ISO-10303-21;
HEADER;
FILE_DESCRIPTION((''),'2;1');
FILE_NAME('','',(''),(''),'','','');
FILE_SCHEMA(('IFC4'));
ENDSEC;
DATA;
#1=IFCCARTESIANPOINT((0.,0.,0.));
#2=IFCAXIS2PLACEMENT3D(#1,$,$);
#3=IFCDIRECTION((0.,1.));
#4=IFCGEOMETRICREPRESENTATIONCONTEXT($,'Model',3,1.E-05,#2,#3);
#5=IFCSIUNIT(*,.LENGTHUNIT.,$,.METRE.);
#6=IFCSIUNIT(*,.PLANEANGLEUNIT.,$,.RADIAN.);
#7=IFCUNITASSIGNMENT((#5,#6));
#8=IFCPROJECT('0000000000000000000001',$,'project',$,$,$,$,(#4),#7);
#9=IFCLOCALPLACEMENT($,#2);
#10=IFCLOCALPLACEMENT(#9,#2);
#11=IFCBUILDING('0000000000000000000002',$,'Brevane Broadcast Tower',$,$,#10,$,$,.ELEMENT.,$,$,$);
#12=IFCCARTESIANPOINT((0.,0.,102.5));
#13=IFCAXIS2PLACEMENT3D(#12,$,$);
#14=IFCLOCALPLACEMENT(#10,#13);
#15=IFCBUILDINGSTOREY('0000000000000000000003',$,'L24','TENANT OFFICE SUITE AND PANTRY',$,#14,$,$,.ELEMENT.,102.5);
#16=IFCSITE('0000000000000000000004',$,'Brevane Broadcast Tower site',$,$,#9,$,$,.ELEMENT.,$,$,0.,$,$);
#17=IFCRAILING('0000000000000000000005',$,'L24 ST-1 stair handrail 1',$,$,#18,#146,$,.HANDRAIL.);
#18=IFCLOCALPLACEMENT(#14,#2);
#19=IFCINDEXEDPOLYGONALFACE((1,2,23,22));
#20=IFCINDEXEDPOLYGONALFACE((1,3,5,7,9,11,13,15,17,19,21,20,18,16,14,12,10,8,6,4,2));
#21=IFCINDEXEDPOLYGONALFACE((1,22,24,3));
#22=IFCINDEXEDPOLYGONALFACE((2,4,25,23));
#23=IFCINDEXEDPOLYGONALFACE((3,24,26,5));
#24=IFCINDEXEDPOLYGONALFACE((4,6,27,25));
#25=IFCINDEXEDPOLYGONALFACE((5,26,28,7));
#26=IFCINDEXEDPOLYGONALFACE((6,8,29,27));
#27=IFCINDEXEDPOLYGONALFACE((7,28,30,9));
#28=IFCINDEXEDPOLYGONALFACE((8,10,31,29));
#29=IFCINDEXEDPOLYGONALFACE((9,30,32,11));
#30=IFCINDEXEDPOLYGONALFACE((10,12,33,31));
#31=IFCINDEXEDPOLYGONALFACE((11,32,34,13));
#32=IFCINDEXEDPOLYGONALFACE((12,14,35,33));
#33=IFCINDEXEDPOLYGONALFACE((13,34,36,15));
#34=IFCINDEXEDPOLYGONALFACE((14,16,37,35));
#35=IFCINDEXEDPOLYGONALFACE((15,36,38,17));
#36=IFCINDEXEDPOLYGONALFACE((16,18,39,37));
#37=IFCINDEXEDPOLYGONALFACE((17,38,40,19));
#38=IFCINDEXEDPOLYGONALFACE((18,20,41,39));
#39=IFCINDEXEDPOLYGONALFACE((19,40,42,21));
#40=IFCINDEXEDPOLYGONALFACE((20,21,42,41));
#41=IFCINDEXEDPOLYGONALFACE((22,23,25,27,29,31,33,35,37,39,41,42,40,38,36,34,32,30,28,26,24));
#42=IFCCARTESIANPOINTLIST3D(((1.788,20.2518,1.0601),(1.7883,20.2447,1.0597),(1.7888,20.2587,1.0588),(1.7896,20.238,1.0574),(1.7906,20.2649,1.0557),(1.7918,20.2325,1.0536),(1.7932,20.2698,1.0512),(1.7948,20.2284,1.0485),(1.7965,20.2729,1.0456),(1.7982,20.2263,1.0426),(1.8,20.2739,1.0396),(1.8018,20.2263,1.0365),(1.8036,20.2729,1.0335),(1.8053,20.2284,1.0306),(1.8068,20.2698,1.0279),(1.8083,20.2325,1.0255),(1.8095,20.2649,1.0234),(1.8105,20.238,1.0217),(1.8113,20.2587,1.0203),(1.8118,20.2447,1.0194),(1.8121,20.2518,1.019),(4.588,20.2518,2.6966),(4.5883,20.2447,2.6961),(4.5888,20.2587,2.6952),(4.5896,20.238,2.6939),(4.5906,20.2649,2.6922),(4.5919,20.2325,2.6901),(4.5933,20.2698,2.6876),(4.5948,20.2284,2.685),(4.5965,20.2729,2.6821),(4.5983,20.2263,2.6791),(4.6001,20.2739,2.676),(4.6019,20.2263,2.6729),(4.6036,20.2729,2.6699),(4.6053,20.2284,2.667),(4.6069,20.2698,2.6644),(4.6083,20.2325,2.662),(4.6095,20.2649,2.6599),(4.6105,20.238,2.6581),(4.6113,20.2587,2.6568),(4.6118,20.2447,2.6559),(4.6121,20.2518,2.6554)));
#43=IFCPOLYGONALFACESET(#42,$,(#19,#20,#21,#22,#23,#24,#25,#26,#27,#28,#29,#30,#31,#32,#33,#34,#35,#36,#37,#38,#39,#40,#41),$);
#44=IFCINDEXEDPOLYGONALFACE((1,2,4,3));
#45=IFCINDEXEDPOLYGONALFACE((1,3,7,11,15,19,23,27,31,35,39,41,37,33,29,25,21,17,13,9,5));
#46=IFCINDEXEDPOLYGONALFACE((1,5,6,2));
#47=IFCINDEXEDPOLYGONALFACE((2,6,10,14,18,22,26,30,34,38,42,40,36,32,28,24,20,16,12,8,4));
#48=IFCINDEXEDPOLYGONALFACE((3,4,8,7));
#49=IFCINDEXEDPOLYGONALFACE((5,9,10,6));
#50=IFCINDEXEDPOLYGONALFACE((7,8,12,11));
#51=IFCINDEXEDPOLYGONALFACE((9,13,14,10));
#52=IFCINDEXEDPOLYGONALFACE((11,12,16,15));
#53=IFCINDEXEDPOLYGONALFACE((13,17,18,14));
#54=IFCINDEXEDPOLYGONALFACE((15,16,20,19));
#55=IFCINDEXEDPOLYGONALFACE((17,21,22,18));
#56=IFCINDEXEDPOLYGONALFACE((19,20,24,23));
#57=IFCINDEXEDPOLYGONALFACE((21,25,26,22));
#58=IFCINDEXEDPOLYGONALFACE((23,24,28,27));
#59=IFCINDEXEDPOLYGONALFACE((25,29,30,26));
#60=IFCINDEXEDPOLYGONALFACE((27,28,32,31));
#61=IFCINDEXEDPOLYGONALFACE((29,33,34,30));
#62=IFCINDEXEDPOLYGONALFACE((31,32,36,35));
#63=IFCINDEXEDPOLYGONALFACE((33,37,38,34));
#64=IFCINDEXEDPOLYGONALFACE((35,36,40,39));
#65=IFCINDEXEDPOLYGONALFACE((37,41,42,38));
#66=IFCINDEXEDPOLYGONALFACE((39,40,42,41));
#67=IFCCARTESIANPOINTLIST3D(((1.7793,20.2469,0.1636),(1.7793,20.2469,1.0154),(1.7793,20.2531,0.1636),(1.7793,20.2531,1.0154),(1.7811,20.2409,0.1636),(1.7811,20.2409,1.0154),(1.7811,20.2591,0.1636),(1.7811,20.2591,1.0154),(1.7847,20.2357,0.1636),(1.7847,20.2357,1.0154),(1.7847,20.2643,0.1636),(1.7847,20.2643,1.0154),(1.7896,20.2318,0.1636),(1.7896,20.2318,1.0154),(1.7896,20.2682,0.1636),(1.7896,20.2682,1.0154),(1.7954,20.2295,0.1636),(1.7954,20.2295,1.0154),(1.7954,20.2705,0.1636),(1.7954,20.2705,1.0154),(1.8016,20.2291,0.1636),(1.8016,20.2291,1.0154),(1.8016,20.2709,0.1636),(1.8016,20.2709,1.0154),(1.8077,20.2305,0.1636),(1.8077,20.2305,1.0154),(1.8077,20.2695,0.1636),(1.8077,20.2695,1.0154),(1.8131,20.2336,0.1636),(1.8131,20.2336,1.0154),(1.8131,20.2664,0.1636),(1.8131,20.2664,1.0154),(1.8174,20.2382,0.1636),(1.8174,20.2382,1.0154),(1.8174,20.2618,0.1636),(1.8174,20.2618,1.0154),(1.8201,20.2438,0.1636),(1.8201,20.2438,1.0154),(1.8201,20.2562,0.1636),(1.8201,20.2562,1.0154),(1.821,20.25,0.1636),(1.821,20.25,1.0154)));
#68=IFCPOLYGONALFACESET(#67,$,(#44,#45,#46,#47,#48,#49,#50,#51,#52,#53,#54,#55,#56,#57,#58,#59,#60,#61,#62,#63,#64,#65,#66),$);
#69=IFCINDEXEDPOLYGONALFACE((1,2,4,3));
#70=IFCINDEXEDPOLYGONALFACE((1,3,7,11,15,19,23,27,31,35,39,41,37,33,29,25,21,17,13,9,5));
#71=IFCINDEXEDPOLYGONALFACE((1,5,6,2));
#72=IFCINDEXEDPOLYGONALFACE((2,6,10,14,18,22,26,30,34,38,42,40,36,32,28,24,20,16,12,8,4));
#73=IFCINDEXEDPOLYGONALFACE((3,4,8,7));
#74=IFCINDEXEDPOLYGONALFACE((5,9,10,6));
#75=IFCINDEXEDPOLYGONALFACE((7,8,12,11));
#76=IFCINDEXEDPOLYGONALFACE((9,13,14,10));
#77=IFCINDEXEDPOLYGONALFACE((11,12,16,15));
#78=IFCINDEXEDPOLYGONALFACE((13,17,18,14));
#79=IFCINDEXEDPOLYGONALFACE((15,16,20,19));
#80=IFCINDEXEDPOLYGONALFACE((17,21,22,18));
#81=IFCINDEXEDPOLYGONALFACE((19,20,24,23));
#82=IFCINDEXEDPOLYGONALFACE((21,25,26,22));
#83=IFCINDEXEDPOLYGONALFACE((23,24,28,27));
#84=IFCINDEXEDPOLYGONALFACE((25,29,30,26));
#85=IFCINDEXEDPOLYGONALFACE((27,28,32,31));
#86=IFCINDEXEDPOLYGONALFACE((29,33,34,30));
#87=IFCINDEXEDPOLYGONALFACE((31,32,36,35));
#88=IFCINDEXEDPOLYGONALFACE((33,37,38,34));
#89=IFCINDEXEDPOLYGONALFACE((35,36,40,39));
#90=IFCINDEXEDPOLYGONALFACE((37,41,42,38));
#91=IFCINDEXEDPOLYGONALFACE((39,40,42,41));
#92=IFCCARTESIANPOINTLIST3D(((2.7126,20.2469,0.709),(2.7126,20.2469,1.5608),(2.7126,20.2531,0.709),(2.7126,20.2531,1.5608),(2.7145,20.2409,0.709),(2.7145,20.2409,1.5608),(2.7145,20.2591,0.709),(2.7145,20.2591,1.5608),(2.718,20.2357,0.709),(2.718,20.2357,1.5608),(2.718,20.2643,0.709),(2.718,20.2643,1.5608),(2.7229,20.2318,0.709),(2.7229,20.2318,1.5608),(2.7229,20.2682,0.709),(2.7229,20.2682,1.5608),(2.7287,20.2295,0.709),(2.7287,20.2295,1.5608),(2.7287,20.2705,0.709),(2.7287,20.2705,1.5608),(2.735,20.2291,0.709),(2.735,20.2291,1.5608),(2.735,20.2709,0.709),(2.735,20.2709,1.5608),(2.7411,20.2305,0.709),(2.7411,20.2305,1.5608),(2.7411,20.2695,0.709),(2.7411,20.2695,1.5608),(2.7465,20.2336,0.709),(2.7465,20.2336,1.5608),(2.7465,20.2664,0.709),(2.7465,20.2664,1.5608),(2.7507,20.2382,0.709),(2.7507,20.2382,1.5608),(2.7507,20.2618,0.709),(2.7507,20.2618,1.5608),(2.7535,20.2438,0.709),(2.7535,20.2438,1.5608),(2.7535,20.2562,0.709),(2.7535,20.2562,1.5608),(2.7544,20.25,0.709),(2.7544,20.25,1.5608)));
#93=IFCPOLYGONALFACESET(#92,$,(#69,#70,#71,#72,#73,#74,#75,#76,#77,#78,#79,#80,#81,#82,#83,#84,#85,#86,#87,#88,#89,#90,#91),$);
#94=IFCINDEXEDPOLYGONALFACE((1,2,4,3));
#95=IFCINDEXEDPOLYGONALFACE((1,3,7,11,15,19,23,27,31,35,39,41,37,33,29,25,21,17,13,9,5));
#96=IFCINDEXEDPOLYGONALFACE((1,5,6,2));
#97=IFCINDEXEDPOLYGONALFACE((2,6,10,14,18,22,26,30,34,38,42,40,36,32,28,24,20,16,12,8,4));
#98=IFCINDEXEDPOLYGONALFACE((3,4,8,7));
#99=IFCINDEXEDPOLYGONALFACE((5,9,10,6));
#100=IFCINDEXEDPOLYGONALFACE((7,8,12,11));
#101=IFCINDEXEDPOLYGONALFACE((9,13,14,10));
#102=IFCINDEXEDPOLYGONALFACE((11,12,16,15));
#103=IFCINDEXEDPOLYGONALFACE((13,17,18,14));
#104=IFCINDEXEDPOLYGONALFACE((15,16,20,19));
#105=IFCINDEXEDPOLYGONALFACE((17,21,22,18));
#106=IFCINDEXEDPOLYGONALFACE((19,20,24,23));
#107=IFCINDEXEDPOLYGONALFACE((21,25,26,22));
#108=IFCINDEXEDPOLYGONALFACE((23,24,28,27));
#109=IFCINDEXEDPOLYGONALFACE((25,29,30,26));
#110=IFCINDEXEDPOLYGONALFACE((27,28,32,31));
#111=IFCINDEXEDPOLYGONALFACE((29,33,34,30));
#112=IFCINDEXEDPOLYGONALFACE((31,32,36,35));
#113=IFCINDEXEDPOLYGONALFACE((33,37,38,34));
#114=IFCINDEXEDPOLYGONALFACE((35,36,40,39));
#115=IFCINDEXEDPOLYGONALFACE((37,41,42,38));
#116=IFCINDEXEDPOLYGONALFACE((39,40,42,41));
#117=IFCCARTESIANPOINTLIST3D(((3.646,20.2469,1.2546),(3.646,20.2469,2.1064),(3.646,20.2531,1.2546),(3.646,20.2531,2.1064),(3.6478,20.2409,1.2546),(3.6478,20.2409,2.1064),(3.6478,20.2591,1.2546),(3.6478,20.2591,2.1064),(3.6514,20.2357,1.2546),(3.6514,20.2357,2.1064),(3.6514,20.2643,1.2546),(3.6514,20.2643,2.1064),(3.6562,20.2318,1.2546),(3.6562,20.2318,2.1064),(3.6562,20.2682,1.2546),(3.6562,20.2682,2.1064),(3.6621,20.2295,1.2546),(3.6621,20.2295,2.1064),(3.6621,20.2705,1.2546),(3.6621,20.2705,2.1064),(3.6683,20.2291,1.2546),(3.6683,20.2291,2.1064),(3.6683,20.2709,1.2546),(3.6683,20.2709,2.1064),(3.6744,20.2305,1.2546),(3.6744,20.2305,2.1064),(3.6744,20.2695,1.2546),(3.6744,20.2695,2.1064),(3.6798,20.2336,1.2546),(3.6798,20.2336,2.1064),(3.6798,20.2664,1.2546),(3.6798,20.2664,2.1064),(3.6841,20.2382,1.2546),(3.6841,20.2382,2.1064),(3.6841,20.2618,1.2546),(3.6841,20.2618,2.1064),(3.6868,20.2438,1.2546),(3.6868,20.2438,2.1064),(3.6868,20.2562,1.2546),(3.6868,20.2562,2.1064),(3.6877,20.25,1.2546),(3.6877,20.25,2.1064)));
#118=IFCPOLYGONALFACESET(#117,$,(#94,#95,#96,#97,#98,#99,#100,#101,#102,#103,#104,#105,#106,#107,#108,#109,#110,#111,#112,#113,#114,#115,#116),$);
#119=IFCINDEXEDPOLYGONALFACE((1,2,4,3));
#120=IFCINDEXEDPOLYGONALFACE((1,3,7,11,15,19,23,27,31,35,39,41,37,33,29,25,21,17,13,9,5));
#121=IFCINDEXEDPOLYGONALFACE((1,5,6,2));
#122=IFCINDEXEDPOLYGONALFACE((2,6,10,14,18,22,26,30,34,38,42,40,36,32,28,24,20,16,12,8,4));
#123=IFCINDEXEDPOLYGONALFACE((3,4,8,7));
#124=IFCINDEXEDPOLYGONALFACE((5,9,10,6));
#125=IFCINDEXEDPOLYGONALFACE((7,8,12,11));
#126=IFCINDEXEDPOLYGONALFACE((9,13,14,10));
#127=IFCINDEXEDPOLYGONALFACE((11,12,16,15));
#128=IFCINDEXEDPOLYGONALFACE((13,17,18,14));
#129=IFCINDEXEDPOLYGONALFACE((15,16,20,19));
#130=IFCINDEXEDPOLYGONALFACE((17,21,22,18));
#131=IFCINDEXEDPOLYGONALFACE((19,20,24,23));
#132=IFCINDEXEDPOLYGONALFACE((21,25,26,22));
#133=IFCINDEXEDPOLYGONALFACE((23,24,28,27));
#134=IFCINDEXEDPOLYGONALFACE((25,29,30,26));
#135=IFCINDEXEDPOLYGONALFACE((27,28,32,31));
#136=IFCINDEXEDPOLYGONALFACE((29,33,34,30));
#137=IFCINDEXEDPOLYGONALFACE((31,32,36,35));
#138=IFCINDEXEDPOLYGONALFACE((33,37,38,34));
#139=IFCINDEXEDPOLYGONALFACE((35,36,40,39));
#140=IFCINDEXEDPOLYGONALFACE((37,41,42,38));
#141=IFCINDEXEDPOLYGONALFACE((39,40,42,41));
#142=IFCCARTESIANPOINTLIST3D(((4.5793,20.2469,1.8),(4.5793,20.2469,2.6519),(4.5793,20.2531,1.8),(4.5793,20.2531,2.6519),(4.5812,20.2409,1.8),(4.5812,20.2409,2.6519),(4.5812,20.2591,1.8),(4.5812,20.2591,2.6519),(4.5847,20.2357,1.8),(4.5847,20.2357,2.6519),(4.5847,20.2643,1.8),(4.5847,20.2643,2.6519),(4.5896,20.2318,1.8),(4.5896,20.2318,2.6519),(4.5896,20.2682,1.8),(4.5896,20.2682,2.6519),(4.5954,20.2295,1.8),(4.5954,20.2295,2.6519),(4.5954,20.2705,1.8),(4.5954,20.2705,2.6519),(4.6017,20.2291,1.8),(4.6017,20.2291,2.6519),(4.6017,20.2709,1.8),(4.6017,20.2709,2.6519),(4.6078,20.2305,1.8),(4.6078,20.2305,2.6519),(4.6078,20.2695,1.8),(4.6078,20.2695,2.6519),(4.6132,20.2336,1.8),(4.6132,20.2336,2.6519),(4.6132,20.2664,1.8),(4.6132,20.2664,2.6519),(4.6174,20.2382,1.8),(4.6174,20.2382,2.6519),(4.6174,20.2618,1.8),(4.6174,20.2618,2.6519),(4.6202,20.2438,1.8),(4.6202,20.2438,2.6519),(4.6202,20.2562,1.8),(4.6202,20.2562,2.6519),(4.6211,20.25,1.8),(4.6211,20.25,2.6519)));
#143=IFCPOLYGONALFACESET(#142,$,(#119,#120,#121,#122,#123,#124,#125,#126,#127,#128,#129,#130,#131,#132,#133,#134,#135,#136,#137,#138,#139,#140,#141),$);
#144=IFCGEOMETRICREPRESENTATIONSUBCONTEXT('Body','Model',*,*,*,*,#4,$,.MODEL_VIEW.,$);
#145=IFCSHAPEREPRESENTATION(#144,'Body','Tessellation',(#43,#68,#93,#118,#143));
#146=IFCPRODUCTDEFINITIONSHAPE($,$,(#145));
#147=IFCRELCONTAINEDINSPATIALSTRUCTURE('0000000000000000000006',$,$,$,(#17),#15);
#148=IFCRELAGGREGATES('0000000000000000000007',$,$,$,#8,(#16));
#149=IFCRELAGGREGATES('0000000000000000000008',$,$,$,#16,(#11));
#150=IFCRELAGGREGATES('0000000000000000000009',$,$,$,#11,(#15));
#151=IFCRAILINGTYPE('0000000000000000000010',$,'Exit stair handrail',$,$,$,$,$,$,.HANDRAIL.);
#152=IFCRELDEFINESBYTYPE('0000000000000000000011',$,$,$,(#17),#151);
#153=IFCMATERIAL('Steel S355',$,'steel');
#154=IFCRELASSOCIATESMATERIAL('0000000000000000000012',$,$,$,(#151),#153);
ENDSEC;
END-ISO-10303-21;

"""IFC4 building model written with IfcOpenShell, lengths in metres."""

from ifc_helpers import new_model, si_unit, direction, frame, origin, origin_2d, place, context, subcontext, project, spatial, circle, extrude, material, type_object, element, save


model = new_model("IFC4")

# Units and contexts
model_context = context("Model", 3, precision=1e-05, world=origin(), true_north=direction((0.0, 1.0)))
body_context = subcontext(model_context, "Body", "Model", "MODEL_VIEW")
ifc_project = project(units=[si_unit("LENGTHUNIT", "METRE"), si_unit("PLANEANGLEUNIT", "RADIAN")], contexts=[model_context])

# Site, building, storey
site_placement = place(None, origin())
site = spatial("IfcSite", under=ifc_project, at=site_placement, Name="Brevane Broadcast Tower site", CompositionType="ELEMENT", RefElevation=0.0)
building_placement = place(site_placement, origin())
building = spatial("IfcBuilding", under=site, at=building_placement, Name="Brevane Broadcast Tower", CompositionType="ELEMENT")
storey_placement = place(building_placement, frame((0.0, 0.0, 102.5)))
storey = spatial("IfcBuildingStorey", under=building, at=storey_placement, Name="L24", Description="TENANT OFFICE SUITE AND PANTRY", CompositionType="ELEMENT", Elevation=102.5)

# Railing
ifc_material_1 = material(Name="Steel S355", Category="steel")
railing_type_1 = type_object("IfcRailingType", Name="Exit stair handrail", PredefinedType="HANDRAIL", material=ifc_material_1)
railing_1_placement = place(storey_placement, frame((1.8, 20.25, 0.1636)))
element("IfcRailing", 1, at=railing_1_placement, inside=storey, type_object=railing_type_1, Name="L24 ST-1 stair handrail 1", PredefinedType="HANDRAIL", context=body_context, shape_type="SweptSolid", body=[
    extrude(circle(Radius=0.0239, at=origin_2d()), frame((0.0, 0.0, 0.876), z_axis=(0.863361, 0.0, 0.504587), x_axis=(0.0, 1.0, 0.0)), (0.0, 0.0, 1.0), 3.2432),
    extrude(circle(Radius=0.021, at=origin_2d()), origin(), (0.0, 0.0, 1.0), 0.8518),
    extrude(circle(Radius=0.021, at=origin_2d()), frame((0.9333, 0.0, 0.5454)), (0.0, 0.0, 1.0), 0.8518),
    extrude(circle(Radius=0.021, at=origin_2d()), frame((1.8667, 0.0, 1.0911)), (0.0, 0.0, 1.0), 0.8518),
    extrude(circle(Radius=0.021, at=origin_2d()), frame((2.8, 0.0, 1.6365)), (0.0, 0.0, 1.0), 0.8518),
])

save(model, "model.ifc")
